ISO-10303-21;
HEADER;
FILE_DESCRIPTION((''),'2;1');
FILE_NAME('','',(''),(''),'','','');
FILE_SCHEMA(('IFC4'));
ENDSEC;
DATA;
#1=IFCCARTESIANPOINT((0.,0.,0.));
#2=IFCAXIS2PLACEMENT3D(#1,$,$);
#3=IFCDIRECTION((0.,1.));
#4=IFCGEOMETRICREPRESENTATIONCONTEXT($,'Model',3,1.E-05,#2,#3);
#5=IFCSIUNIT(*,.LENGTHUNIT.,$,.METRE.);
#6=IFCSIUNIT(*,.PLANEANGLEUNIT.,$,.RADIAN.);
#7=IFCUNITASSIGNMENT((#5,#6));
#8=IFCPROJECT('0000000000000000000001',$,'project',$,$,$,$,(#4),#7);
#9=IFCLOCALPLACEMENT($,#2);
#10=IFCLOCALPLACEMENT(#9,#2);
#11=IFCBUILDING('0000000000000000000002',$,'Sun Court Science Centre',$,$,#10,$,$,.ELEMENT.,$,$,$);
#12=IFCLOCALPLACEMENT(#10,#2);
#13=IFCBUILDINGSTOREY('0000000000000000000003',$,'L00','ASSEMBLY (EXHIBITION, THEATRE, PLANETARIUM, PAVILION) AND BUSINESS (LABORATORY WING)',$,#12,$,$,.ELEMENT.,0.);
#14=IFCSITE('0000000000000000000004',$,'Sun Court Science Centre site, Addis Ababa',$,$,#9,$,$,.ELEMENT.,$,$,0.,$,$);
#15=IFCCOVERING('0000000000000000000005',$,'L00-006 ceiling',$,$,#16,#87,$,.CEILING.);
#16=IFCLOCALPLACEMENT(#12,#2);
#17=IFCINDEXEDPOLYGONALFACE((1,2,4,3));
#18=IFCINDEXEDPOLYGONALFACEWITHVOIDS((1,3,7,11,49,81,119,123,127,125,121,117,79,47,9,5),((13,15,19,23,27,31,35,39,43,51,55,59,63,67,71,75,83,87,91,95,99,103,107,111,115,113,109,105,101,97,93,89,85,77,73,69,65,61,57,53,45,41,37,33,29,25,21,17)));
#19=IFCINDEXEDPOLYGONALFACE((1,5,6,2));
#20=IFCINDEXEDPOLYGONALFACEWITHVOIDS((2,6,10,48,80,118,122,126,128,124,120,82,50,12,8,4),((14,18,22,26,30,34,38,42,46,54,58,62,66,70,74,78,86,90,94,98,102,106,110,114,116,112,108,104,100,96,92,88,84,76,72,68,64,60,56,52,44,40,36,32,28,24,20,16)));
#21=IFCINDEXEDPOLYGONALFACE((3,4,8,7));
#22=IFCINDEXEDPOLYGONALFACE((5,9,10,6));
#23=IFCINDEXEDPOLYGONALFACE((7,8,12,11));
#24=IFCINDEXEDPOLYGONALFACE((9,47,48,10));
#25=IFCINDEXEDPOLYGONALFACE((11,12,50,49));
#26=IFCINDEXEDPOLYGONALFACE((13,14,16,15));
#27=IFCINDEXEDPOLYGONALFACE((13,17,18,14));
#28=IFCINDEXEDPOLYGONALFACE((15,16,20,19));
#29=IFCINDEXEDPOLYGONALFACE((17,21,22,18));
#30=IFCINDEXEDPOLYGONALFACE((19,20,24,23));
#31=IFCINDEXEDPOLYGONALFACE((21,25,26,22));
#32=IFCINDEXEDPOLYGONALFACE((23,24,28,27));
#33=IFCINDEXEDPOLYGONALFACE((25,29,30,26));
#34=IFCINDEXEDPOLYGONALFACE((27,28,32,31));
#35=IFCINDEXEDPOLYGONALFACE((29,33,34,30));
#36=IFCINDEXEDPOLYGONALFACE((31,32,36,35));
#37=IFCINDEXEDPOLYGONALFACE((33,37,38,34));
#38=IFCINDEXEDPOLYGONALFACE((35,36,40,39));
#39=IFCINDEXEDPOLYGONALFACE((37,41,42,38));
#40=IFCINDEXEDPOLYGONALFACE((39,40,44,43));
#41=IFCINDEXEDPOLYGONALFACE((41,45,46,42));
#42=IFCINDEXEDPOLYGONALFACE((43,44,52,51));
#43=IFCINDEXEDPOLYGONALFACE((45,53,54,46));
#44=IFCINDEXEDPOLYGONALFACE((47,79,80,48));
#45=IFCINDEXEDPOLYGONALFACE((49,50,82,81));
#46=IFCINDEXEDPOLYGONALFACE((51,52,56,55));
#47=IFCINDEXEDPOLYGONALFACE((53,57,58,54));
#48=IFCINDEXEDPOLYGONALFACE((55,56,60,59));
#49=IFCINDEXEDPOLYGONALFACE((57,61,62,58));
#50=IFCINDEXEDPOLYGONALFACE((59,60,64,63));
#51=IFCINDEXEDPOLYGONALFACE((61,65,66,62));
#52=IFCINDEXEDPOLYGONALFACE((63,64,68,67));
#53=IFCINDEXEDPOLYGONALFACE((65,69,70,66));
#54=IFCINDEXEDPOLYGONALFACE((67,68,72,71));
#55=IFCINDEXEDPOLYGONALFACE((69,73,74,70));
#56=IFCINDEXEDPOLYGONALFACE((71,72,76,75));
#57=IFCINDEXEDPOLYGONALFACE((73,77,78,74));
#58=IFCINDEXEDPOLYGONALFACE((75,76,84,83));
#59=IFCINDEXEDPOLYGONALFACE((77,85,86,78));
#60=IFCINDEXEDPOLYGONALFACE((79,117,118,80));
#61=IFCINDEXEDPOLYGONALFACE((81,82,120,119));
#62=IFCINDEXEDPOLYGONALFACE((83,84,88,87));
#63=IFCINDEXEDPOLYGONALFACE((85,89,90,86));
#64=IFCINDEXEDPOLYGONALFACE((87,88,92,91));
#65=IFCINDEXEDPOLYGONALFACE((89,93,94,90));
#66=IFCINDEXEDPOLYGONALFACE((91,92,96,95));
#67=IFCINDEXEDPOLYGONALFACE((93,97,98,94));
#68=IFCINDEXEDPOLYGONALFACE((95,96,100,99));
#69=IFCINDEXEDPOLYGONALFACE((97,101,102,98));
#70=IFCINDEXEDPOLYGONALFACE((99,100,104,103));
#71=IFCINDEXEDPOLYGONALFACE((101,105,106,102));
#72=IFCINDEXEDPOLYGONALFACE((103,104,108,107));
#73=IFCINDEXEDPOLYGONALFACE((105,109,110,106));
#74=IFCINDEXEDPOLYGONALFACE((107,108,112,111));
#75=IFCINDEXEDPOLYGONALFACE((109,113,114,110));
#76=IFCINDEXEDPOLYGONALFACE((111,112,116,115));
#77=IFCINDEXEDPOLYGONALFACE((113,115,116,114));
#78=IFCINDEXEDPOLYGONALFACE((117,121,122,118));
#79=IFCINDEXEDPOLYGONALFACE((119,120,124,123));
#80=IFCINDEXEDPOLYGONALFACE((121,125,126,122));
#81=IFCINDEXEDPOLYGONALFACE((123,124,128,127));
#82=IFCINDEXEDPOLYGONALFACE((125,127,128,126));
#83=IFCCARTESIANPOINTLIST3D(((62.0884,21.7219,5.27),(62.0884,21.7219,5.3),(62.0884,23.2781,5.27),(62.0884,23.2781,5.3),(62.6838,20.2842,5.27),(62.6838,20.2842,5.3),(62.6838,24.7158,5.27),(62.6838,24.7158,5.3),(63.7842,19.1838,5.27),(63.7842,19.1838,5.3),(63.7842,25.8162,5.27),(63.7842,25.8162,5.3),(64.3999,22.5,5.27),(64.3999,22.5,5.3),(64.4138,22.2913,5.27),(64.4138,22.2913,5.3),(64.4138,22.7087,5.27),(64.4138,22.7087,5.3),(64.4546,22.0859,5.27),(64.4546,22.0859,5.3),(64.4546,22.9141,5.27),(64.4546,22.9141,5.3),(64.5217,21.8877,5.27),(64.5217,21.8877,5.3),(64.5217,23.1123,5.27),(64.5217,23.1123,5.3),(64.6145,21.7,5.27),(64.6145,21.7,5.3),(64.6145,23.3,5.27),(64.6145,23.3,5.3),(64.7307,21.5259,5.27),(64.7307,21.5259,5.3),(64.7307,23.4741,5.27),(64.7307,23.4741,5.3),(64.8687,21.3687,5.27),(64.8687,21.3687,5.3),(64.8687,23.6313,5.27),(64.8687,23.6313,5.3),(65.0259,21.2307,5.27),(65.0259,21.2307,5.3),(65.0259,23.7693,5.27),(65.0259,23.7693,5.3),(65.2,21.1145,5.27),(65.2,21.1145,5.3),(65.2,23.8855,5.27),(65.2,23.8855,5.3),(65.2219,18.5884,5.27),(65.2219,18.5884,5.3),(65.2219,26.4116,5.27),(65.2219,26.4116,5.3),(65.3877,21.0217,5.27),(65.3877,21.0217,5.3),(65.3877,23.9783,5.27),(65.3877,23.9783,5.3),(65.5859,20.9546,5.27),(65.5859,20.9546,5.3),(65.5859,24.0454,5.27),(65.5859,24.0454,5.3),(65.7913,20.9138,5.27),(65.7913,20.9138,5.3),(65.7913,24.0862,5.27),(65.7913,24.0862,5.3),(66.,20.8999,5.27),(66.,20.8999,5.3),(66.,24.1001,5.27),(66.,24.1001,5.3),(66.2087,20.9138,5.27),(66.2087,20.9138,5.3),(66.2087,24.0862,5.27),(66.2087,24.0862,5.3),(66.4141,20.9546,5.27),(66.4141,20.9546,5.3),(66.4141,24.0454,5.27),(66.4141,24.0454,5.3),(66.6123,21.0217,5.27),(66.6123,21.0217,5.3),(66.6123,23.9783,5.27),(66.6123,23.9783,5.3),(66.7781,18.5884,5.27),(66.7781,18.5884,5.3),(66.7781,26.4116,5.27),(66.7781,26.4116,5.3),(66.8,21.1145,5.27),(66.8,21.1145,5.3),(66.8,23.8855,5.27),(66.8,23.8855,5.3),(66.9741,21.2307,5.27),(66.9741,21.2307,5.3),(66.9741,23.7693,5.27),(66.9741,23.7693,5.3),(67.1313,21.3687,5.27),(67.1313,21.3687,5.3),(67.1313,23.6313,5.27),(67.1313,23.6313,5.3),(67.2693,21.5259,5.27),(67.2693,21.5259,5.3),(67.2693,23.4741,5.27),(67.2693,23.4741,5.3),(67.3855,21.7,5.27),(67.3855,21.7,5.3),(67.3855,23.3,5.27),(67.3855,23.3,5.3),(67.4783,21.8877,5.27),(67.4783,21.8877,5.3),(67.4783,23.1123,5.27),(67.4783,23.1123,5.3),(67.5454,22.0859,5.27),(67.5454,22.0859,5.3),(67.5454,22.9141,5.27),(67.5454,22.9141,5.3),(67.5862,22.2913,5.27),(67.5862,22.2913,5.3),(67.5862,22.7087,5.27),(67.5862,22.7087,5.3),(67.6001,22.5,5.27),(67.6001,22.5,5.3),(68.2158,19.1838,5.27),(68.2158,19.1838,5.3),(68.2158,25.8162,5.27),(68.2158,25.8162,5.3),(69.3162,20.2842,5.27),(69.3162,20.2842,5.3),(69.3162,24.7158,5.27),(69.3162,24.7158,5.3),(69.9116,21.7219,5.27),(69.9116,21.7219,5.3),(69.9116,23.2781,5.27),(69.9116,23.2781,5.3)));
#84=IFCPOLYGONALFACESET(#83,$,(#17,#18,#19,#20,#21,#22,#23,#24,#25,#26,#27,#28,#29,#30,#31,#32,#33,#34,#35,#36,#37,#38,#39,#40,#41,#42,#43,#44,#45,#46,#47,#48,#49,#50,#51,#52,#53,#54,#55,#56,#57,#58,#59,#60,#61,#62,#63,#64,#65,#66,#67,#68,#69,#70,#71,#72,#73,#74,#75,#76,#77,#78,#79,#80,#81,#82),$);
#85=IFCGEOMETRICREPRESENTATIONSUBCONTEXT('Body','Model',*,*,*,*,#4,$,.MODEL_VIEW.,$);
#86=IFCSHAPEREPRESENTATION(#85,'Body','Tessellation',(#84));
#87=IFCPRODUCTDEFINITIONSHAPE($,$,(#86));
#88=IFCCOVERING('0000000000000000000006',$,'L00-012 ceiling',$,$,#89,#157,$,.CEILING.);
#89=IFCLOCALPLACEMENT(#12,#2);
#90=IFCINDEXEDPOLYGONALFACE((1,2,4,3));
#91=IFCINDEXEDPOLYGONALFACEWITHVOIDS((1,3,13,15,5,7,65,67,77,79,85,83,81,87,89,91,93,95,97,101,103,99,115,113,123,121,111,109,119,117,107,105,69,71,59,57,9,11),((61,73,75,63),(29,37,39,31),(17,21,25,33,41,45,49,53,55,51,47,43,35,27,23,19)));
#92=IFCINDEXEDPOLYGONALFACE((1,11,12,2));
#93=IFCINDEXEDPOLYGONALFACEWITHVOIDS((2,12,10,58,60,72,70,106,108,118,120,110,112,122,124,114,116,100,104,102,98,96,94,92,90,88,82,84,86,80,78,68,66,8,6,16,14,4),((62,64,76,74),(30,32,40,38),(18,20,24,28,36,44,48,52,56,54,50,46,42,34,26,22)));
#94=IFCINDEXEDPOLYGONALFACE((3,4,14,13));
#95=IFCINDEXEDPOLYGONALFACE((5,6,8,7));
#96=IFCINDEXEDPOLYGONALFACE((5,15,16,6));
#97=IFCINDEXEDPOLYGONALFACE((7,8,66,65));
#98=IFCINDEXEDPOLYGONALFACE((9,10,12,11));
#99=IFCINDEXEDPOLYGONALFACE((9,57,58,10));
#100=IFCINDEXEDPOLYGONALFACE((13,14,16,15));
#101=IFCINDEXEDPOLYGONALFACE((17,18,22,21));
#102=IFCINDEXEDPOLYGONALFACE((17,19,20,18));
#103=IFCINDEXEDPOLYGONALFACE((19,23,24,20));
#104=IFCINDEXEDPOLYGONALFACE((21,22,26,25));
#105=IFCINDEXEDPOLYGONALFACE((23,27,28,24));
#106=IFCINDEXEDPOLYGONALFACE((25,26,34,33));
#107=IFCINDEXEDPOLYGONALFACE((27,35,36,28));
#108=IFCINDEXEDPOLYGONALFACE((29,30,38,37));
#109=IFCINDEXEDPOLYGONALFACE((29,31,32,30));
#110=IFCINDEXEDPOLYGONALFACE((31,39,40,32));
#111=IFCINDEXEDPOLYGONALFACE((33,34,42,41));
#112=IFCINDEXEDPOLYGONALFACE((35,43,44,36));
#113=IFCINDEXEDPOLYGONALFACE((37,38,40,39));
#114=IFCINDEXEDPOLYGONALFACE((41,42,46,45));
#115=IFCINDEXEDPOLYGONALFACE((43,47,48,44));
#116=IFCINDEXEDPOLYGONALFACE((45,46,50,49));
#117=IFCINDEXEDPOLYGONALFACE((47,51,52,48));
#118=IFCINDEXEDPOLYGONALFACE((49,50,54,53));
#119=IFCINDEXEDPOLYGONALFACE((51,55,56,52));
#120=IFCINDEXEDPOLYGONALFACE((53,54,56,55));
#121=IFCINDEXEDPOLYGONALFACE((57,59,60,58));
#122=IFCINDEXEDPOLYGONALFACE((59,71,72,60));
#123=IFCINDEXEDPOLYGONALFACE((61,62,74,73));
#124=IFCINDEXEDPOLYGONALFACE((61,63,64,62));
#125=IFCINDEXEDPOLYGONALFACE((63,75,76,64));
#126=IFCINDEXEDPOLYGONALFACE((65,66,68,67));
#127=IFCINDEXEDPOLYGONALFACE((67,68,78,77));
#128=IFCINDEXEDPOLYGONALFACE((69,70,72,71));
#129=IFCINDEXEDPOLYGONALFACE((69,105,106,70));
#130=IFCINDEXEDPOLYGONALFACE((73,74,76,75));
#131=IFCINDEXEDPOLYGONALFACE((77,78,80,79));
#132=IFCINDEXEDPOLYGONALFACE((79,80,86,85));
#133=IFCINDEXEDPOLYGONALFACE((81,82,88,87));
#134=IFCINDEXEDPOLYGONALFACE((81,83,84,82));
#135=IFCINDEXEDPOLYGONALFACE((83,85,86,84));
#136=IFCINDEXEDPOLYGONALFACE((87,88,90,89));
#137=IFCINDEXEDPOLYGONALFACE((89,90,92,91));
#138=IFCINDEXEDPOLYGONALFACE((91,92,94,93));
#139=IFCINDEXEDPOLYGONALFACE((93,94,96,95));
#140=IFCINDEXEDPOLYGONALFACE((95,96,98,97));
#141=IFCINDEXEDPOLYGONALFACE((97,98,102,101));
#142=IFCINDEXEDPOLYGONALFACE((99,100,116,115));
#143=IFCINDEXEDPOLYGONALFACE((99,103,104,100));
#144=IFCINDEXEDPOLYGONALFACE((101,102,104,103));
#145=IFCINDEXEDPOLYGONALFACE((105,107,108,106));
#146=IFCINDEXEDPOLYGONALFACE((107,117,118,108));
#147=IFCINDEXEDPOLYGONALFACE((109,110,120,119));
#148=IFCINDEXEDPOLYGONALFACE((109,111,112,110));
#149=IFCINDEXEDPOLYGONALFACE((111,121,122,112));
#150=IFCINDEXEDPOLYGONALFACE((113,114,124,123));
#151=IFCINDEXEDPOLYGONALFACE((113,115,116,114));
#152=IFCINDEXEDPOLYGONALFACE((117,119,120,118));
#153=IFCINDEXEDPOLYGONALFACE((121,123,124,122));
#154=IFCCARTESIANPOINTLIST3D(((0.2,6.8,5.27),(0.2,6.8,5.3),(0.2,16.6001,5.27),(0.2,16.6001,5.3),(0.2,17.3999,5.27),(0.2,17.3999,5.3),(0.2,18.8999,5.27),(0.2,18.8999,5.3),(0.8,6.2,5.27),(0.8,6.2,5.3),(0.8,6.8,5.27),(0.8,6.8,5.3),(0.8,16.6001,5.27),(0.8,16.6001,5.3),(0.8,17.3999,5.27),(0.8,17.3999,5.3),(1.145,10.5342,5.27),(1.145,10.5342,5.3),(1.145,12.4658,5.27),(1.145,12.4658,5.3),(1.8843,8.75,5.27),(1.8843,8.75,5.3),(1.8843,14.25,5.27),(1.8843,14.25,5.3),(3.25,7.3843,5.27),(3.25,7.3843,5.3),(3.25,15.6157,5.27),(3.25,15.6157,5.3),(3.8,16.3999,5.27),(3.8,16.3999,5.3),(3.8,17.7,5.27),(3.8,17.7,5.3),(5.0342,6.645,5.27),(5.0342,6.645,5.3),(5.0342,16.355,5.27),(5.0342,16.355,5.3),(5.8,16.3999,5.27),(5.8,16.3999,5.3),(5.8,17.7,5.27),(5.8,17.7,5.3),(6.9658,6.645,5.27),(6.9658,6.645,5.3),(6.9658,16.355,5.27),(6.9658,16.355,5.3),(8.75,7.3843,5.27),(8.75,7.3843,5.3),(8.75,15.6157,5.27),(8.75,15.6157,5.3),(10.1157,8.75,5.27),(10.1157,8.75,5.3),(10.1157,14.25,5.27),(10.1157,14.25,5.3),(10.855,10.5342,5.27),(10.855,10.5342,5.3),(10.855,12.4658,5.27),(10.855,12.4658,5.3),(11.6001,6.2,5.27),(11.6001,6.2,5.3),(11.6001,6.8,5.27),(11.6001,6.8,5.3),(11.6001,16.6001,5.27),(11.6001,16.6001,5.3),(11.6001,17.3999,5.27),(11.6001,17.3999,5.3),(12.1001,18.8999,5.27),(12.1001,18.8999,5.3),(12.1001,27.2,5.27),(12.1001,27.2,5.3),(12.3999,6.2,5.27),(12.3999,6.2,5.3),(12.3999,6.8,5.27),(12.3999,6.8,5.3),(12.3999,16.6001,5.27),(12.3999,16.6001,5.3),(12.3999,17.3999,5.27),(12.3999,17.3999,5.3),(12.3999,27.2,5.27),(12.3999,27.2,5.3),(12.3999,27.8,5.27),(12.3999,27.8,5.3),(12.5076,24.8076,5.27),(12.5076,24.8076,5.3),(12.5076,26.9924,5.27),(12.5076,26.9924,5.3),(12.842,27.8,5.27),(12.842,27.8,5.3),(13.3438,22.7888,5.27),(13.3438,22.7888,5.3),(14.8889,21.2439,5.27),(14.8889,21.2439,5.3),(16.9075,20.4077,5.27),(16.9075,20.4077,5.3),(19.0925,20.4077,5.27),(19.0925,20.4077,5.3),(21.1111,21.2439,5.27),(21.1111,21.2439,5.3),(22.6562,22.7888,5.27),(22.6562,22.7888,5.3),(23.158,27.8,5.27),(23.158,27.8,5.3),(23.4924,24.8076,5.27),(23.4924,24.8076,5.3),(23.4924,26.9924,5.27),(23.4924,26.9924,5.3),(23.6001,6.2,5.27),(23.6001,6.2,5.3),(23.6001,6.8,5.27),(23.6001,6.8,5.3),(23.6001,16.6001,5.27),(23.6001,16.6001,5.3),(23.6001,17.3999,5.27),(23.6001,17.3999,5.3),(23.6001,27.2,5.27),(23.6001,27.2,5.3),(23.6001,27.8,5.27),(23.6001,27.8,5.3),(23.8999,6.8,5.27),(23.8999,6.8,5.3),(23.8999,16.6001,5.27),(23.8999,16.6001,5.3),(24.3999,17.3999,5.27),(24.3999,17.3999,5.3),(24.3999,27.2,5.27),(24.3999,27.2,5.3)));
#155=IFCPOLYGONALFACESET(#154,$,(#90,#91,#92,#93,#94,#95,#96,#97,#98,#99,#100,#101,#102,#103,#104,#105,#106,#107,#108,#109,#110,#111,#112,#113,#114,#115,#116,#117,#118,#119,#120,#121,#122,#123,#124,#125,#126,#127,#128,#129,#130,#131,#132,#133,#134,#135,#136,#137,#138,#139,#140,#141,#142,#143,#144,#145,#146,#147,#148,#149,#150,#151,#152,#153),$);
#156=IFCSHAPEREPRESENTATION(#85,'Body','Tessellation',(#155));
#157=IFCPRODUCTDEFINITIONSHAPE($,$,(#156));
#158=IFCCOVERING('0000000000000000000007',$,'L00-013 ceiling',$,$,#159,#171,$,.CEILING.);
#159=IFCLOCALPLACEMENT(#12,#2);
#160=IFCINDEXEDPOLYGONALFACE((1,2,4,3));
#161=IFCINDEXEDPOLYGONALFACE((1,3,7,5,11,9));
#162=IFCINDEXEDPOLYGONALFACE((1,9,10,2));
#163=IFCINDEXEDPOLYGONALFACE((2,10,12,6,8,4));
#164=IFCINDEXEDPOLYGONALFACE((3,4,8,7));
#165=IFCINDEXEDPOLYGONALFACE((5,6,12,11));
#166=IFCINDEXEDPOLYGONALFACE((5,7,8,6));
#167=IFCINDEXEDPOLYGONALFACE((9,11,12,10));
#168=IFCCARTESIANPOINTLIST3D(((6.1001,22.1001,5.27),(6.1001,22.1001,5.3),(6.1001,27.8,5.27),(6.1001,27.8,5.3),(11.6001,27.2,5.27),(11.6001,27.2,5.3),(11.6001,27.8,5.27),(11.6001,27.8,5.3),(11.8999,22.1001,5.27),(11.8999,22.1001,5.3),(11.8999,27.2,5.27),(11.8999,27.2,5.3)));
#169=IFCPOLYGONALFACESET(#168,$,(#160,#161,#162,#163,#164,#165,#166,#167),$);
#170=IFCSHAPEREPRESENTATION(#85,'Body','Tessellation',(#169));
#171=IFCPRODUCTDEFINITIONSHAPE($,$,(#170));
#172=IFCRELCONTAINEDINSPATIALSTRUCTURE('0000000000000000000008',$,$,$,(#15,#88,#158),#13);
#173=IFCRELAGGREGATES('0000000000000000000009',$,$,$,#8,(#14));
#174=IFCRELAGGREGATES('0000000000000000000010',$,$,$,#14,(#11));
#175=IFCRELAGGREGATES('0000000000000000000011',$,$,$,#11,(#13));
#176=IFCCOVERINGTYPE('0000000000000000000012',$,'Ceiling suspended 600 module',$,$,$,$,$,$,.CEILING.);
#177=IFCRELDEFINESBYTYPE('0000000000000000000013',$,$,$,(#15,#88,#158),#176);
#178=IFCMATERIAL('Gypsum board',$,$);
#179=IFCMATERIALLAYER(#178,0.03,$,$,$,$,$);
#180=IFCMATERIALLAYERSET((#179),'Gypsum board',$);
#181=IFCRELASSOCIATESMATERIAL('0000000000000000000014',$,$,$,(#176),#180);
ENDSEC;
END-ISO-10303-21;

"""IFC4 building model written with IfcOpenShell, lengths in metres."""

from ifc_helpers import new_model, si_unit, direction, frame, origin, place, context, subcontext, project, spatial, polyline, outline, extrude, material, layer, layer_set, type_object, element, save


model = new_model("IFC4")

# Units and contexts
model_context = context("Model", 3, precision=1e-05, world=origin(), true_north=direction((0.0, 1.0)))
body_context = subcontext(model_context, "Body", "Model", "MODEL_VIEW")
ifc_project = project(units=[si_unit("LENGTHUNIT", "METRE"), si_unit("PLANEANGLEUNIT", "RADIAN")], contexts=[model_context])

# Site, building, storey
site_placement = place(None, origin())
site = spatial("IfcSite", under=ifc_project, at=site_placement, Name="Sun Court Science Centre site, Addis Ababa", CompositionType="ELEMENT", RefElevation=0.0)
building_placement = place(site_placement, origin())
building = spatial("IfcBuilding", under=site, at=building_placement, Name="Sun Court Science Centre", CompositionType="ELEMENT")
storey_placement = place(building_placement, origin())
storey = spatial("IfcBuildingStorey", under=building, at=storey_placement, Name="L00", Description="ASSEMBLY (EXHIBITION, THEATRE, PLANETARIUM, PAVILION) AND BUSINESS (LABORATORY WING)", CompositionType="ELEMENT", Elevation=0.0)

# Coverings
ifc_material_1 = material(Name="Gypsum board")
ifc_layer_1 = layer(ifc_material_1, 0.03)
ifc_layer_set_1 = layer_set([ifc_layer_1], Name="Gypsum board")
covering_type = type_object("IfcCoveringType", Name="Ceiling suspended 600 module", PredefinedType="CEILING", material=ifc_layer_set_1)
covering_1_placement = place(storey_placement, frame((0.0, 0.0, 5.27)))
element("IfcCovering", 1, at=covering_1_placement, inside=storey, type_object=covering_type, Name="L00-006 ceiling", PredefinedType="CEILING", context=body_context, shape_type="SweptSolid", body=[
    extrude(outline(polyline([(69.3162, 20.2842), (68.2158, 19.1838), (66.7781, 18.5884), (65.2219, 18.5884), (63.7842, 19.1838), (62.6838, 20.2842), (62.0884, 21.7219), (62.0884, 23.2781), (62.6838, 24.7158), (63.7842, 25.8162), (65.2219, 26.4116), (66.7781, 26.4116), (68.2158, 25.8162), (69.3162, 24.7158), (69.9116, 23.2781), (69.9116, 21.7219), (69.3162, 20.2842)]), holes=[polyline([(67.4783, 23.1123), (67.3855, 23.3), (67.2693, 23.4741), (67.1313, 23.6313), (66.9741, 23.7693), (66.8, 23.8855), (66.6123, 23.9783), (66.4141, 24.0454), (66.2087, 24.0862), (66.0, 24.1001), (65.7913, 24.0862), (65.5859, 24.0454), (65.3877, 23.9783), (65.2, 23.8855), (65.0259, 23.7693), (64.8687, 23.6313), (64.7307, 23.4741), (64.6145, 23.3), (64.5217, 23.1123), (64.4546, 22.9141), (64.4138, 22.7087), (64.3999, 22.5), (64.4138, 22.2913), (64.4546, 22.0859), (64.5217, 21.8877), (64.6145, 21.7), (64.7307, 21.5259), (64.8687, 21.3687), (65.0259, 21.2307), (65.2, 21.1145), (65.3877, 21.0217), (65.5859, 20.9546), (65.7913, 20.9138), (66.0, 20.8999), (66.2087, 20.9138), (66.4141, 20.9546), (66.6123, 21.0217), (66.8, 21.1145), (66.9741, 21.2307), (67.1313, 21.3687), (67.2693, 21.5259), (67.3855, 21.7), (67.4783, 21.8877), (67.5454, 22.0859), (67.5862, 22.2913), (67.6001, 22.5), (67.5862, 22.7087), (67.5454, 22.9141), (67.4783, 23.1123)])]), origin(), (0.0, 0.0, 1.0), 0.03),
])
covering_2_placement = place(storey_placement, frame((0.0, 0.0, 5.27)))
element("IfcCovering", 2, at=covering_2_placement, inside=storey, type_object=covering_type, Name="L00-012 ceiling", PredefinedType="CEILING", context=body_context, shape_type="SweptSolid", body=[
    extrude(outline(polyline([(13.3438, 22.7888), (14.8889, 21.2439), (16.9075, 20.4077), (19.0925, 20.4077), (21.1111, 21.2439), (22.6562, 22.7888), (23.4924, 24.8076), (23.4924, 26.9924), (23.158, 27.8), (23.6001, 27.8), (23.6001, 27.2), (24.3999, 27.2), (24.3999, 17.3999), (23.6001, 17.3999), (23.6001, 16.6001), (23.8999, 16.6001), (23.8999, 6.8), (23.6001, 6.8), (23.6001, 6.2), (12.3999, 6.2), (12.3999, 6.8), (11.6001, 6.8), (11.6001, 6.2), (0.8, 6.2), (0.8, 6.8), (0.2, 6.8), (0.2, 16.6001), (0.8, 16.6001), (0.8, 17.3999), (0.2, 17.3999), (0.2, 18.8999), (12.1001, 18.8999), (12.1001, 27.2), (12.3999, 27.2), (12.3999, 27.8), (12.842, 27.8), (12.5076, 26.9924), (12.5076, 24.8076), (13.3438, 22.7888)]), holes=[polyline([(12.3999, 17.3999), (11.6001, 17.3999), (11.6001, 16.6001), (12.3999, 16.6001), (12.3999, 17.3999)]), polyline([(5.0342, 16.355), (3.25, 15.6157), (1.8843, 14.25), (1.145, 12.4658), (1.145, 10.5342), (1.8843, 8.75), (3.25, 7.3843), (5.0342, 6.645), (6.9658, 6.645), (8.75, 7.3843), (10.1157, 8.75), (10.855, 10.5342), (10.855, 12.4658), (10.1157, 14.25), (8.75, 15.6157), (6.9658, 16.355), (5.0342, 16.355)]), polyline([(5.8, 16.3999), (5.8, 17.7), (3.8, 17.7), (3.8, 16.3999), (5.8, 16.3999)])]), origin(), (0.0, 0.0, 1.0), 0.03),
])
covering_3_placement = place(storey_placement, frame((0.0, 0.0, 5.27)))
element("IfcCovering", 3, at=covering_3_placement, inside=storey, type_object=covering_type, Name="L00-013 ceiling", PredefinedType="CEILING", context=body_context, shape_type="SweptSolid", body=[
    extrude(outline(polyline([(11.8999, 27.2), (11.8999, 22.1001), (6.1001, 22.1001), (6.1001, 27.8), (11.6001, 27.8), (11.6001, 27.2), (11.8999, 27.2)])), origin(), (0.0, 0.0, 1.0), 0.03),
])

save(model, "model.ifc")
